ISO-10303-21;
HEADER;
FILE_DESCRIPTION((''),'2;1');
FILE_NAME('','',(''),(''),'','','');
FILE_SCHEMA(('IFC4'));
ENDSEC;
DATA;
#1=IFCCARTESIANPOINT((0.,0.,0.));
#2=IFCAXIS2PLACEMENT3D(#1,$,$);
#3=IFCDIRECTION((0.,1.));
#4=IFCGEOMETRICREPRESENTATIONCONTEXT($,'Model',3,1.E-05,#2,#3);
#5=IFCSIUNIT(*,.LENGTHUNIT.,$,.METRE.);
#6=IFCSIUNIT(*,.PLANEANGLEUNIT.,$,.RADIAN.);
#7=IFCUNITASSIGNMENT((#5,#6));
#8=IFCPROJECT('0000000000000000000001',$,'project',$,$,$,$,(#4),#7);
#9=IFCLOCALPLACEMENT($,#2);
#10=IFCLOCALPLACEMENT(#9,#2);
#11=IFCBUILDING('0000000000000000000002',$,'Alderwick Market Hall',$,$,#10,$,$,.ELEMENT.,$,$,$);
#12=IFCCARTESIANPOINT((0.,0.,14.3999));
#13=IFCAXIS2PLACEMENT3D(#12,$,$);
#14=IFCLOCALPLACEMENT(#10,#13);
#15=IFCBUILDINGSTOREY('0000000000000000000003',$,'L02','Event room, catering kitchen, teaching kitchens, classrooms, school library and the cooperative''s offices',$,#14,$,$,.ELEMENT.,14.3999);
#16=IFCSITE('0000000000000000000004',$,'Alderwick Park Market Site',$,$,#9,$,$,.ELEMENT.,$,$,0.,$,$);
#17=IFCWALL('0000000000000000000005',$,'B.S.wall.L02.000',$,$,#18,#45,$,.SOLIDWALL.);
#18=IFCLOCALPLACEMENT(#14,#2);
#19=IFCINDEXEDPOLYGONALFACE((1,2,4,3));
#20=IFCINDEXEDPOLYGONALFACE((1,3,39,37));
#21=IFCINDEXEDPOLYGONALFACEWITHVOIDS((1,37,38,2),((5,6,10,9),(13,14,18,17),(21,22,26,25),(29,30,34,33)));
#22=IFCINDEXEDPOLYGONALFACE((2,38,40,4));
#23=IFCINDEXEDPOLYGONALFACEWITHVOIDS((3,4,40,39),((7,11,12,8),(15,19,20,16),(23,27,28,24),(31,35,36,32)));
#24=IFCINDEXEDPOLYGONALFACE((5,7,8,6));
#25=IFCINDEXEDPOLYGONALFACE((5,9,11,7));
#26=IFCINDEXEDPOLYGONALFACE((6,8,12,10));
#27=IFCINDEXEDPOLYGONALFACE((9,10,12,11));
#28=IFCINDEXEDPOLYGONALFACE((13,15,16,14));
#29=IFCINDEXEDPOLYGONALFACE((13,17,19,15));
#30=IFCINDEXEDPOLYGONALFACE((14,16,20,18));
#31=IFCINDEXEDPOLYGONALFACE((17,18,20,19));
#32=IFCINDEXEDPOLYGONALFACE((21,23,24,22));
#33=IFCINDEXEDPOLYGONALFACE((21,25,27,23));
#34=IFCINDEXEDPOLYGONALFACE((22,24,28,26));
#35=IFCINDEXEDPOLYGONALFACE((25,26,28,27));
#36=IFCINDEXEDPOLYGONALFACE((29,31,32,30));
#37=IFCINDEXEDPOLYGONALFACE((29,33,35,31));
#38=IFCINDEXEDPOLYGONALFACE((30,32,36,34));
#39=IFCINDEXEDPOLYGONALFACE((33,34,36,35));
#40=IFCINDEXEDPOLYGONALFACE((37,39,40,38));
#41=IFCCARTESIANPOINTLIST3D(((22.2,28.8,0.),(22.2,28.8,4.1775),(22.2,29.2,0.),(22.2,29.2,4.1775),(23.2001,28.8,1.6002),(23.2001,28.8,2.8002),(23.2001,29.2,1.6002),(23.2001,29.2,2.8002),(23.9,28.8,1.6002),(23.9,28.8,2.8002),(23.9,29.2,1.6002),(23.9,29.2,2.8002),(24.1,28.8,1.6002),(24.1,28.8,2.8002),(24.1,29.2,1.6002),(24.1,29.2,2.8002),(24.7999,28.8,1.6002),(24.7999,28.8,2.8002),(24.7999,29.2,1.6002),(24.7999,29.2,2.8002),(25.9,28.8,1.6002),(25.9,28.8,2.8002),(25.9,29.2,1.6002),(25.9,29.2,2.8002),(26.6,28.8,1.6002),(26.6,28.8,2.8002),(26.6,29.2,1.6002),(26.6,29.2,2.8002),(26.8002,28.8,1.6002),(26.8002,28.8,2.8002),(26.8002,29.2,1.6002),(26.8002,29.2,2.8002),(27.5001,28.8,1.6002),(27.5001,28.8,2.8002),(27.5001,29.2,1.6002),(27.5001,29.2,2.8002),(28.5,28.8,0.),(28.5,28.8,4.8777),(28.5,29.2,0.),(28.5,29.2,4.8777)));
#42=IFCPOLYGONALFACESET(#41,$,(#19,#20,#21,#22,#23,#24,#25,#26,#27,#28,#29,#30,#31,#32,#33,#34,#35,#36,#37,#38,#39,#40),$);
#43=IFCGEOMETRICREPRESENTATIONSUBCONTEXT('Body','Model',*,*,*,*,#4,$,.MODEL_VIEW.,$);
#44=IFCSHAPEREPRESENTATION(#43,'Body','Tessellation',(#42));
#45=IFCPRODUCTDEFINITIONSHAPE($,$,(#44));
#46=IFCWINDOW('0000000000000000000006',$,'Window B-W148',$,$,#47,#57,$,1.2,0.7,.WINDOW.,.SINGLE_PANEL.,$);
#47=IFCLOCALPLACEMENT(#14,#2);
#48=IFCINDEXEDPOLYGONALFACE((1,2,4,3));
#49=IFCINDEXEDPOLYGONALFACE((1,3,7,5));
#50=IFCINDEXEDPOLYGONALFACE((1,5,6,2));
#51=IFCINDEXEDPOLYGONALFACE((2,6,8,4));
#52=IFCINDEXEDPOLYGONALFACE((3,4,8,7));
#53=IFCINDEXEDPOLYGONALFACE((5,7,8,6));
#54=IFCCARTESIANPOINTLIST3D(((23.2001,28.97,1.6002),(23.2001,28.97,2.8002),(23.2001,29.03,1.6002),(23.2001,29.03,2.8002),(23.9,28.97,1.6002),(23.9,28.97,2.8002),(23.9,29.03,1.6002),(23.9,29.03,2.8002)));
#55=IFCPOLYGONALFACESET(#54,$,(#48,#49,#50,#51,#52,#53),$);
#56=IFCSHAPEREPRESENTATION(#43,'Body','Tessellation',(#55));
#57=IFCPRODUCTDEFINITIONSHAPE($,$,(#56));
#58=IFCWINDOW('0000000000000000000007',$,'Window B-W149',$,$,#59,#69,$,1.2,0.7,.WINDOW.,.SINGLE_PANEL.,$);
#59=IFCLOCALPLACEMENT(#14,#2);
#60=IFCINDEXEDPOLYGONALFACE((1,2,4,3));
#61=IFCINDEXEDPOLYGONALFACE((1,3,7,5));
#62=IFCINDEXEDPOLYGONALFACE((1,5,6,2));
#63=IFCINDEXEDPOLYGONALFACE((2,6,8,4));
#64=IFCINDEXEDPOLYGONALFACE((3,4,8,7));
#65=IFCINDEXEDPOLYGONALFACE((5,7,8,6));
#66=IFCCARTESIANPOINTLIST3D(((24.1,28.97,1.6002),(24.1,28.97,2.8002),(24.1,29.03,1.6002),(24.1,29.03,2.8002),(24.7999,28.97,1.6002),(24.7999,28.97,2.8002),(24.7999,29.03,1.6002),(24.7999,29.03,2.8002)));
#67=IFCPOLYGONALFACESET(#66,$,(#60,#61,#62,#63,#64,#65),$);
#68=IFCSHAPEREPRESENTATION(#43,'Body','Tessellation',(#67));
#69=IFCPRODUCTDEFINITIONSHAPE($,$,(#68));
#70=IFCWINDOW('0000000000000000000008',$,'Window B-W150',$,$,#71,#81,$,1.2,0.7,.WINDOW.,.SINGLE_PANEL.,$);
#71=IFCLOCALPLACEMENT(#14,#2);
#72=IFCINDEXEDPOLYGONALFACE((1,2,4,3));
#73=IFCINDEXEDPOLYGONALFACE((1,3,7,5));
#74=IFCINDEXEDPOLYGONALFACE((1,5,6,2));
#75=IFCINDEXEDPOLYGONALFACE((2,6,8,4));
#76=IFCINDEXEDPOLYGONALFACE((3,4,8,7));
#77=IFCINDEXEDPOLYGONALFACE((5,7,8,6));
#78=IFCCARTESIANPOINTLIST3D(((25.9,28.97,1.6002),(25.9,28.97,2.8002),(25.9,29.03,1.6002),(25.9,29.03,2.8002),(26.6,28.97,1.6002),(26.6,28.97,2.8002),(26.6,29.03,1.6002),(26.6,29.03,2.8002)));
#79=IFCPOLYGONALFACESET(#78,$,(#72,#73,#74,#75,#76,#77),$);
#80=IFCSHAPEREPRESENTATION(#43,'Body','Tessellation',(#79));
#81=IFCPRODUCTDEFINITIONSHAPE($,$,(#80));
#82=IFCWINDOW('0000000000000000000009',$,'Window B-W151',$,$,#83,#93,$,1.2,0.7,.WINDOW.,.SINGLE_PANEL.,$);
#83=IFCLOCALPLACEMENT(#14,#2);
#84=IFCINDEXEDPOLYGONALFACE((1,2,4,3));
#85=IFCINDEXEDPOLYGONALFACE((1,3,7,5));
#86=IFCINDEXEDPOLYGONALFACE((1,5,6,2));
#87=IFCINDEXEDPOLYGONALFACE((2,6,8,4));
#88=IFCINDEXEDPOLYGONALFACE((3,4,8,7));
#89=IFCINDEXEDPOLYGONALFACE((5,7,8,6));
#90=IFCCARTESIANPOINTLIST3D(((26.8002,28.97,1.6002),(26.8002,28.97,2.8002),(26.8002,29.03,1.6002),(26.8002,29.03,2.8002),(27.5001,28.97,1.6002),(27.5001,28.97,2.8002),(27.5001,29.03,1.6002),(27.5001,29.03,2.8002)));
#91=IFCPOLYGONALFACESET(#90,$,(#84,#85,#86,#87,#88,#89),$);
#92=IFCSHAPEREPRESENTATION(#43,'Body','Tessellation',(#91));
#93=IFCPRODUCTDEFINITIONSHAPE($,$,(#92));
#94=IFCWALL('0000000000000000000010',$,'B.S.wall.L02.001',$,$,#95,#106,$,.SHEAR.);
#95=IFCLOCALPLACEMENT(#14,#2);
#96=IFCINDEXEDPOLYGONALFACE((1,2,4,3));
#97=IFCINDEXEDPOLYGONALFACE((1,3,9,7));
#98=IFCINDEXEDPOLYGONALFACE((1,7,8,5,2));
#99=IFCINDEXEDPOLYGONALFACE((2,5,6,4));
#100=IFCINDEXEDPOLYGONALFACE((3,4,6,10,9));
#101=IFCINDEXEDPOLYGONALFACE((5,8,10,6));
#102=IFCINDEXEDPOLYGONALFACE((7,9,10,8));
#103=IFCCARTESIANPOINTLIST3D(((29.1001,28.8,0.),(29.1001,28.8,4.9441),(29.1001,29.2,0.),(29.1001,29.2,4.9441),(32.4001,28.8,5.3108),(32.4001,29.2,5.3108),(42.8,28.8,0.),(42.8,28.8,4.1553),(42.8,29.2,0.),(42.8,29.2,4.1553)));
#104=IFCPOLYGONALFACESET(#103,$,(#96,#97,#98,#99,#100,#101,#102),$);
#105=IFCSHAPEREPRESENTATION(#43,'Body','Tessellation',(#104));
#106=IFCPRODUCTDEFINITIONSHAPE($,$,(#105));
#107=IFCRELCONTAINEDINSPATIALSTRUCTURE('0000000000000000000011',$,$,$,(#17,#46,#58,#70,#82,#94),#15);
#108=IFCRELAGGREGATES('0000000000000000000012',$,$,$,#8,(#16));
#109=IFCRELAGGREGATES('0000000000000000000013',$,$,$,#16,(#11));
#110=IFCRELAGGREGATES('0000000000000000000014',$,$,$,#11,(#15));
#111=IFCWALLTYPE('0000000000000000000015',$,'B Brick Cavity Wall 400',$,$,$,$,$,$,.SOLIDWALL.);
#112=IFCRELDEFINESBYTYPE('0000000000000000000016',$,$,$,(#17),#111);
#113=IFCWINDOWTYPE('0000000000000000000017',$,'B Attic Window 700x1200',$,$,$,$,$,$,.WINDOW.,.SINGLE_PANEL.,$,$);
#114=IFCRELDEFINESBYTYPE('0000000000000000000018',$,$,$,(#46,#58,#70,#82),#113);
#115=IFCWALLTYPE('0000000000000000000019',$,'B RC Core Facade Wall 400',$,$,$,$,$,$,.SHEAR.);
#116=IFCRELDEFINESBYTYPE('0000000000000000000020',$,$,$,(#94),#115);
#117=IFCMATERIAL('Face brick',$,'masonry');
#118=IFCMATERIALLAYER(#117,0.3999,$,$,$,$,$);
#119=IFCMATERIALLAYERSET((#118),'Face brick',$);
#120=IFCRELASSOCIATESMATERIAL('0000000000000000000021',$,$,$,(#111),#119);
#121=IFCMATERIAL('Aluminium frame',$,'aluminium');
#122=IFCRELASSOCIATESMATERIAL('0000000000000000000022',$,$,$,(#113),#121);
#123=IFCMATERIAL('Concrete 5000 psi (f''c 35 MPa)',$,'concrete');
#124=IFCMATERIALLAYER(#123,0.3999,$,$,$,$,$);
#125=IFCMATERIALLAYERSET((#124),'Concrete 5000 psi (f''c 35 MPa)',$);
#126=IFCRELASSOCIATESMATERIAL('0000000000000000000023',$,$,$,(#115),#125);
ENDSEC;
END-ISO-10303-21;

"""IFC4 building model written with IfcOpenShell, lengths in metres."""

from ifc_helpers import new_model, si_unit, direction, frame, frame_2d, origin, place, context, subcontext, project, spatial, polyline, rectangle, outline, extrude, material, layer, layer_set, type_object, element, fill, save


model = new_model("IFC4")

# Units and contexts
model_context = context("Model", 3, precision=1e-05, world=origin(), true_north=direction((0.0, 1.0)))
body_context = subcontext(model_context, "Body", "Model", "MODEL_VIEW")
ifc_project = project(units=[si_unit("LENGTHUNIT", "METRE"), si_unit("PLANEANGLEUNIT", "RADIAN")], contexts=[model_context])

# Site, building, storey
site_placement = place(None, origin())
site = spatial("IfcSite", under=ifc_project, at=site_placement, Name="Alderwick Park Market Site", CompositionType="ELEMENT", RefElevation=0.0)
building_placement = place(site_placement, origin())
building = spatial("IfcBuilding", under=site, at=building_placement, Name="Alderwick Market Hall", CompositionType="ELEMENT")
storey_placement = place(building_placement, frame((0.0, 0.0, 14.3999)))
storey = spatial("IfcBuildingStorey", under=building, at=storey_placement, Name="L02", Description="Event room, catering kitchen, teaching kitchens, classrooms, school library and the cooperative's offices", CompositionType="ELEMENT", Elevation=14.3999)

# Shared definitions
ifc_material_1 = material(Name="Concrete 5000 psi (f'c 35 MPa)", Category="concrete")

# Wall, openings, windows
ifc_material_2 = material(Name="Face brick", Category="masonry")
ifc_layer_1 = layer(ifc_material_2, 0.3999)
ifc_layer_set_1 = layer_set([ifc_layer_1], Name="Face brick")
wall_type_1 = type_object("IfcWallType", Name="B Brick Cavity Wall 400", PredefinedType="SOLIDWALL", material=ifc_layer_set_1)
wall_1_placement = place(storey_placement, frame((22.2, 29.0, 0.0), z_axis=(0.0, 0.0, 1.0), x_axis=(1.0, 0.0, 0.0)))
wall_1 = element("IfcWall", 1, at=wall_1_placement, inside=storey, type_object=wall_type_1, Name="B.S.wall.L02.000", PredefinedType="SOLIDWALL", context=body_context, shape_type="SweptSolid", body=[
    extrude(outline(polyline([(0.0, 0.0), (6.3, 0.0), (6.3, 4.8777), (0.0, 4.1775), (0.0, 0.0)])), frame((0.0, 0.2, 0.0), z_axis=(0.0, -1.0, 0.0), x_axis=(1.0, 0.0, 0.0)), (0.0, 0.0, 1.0), 0.3999),
])
opening_1_placement = place(wall_1_placement, frame((1.0, 0.0, 1.6001)))
opening_1 = element("IfcOpeningElement", 2, at=opening_1_placement, cuts=wall_1, PredefinedType="OPENING", context=body_context, shape_type="SweptSolid", body=[
    extrude(rectangle(XDim=0.7, YDim=1.2, at=frame_2d((0.3501, 0.6001))), frame((0.0, 0.21, 0.0), z_axis=(0.0, -1.0, 0.0), x_axis=(1.0, 0.0, 0.0)), (0.0, 0.0, 1.0), 0.4199),
])
opening_2_placement = place(wall_1_placement, frame((1.8999, 0.0, 1.6001)))
opening_2 = element("IfcOpeningElement", 3, at=opening_2_placement, cuts=wall_1, PredefinedType="OPENING", context=body_context, shape_type="SweptSolid", body=[
    extrude(rectangle(XDim=0.7, YDim=1.2, at=frame_2d((0.3501, 0.6001))), frame((0.0, 0.21, 0.0), z_axis=(0.0, -1.0, 0.0), x_axis=(1.0, 0.0, 0.0)), (0.0, 0.0, 1.0), 0.4199),
])
opening_3_placement = place(wall_1_placement, frame((3.7, 0.0, 1.6001)))
opening_3 = element("IfcOpeningElement", 4, at=opening_3_placement, cuts=wall_1, PredefinedType="OPENING", context=body_context, shape_type="SweptSolid", body=[
    extrude(rectangle(XDim=0.7, YDim=1.2, at=frame_2d((0.3501, 0.6001))), frame((0.0, 0.21, 0.0), z_axis=(0.0, -1.0, 0.0), x_axis=(1.0, 0.0, 0.0)), (0.0, 0.0, 1.0), 0.4199),
])
opening_4_placement = place(wall_1_placement, frame((4.6001, 0.0, 1.6001)))
opening_4 = element("IfcOpeningElement", 5, at=opening_4_placement, cuts=wall_1, PredefinedType="OPENING", context=body_context, shape_type="SweptSolid", body=[
    extrude(rectangle(XDim=0.7, YDim=1.2, at=frame_2d((0.3501, 0.6001))), frame((0.0, 0.21, 0.0), z_axis=(0.0, -1.0, 0.0), x_axis=(1.0, 0.0, 0.0)), (0.0, 0.0, 1.0), 0.4199),
])
ifc_material_3 = material(Name="Aluminium frame", Category="aluminium")
window_type = type_object("IfcWindowType", Name="B Attic Window 700x1200", PartitioningType="SINGLE_PANEL", PredefinedType="WINDOW", material=ifc_material_3)
window_1_placement = place(opening_1_placement, origin())
window_1 = element("IfcWindow", 6, at=window_1_placement, inside=storey, type_object=window_type, Name="Window B-W148", OverallHeight=1.2, OverallWidth=0.7, PartitioningType="SINGLE_PANEL", PredefinedType="WINDOW", context=body_context, shape_type="SweptSolid", body=[
    extrude(rectangle(XDim=0.7, YDim=1.2, at=frame_2d((0.3501, 0.6001))), frame((0.0, 0.03, 0.0), z_axis=(0.0, -1.0, 0.0), x_axis=(1.0, 0.0, 0.0)), (0.0, 0.0, 1.0), 0.0601),
])
fill(opening_1, window_1)
window_2_placement = place(opening_2_placement, origin())
window_2 = element("IfcWindow", 7, at=window_2_placement, inside=storey, type_object=window_type, Name="Window B-W149", OverallHeight=1.2, OverallWidth=0.7, PartitioningType="SINGLE_PANEL", PredefinedType="WINDOW", context=body_context, shape_type="SweptSolid", body=[
    extrude(rectangle(XDim=0.7, YDim=1.2, at=frame_2d((0.3501, 0.6001))), frame((0.0, 0.03, 0.0), z_axis=(0.0, -1.0, 0.0), x_axis=(1.0, 0.0, 0.0)), (0.0, 0.0, 1.0), 0.0601),
])
fill(opening_2, window_2)
window_3_placement = place(opening_3_placement, origin())
window_3 = element("IfcWindow", 8, at=window_3_placement, inside=storey, type_object=window_type, Name="Window B-W150", OverallHeight=1.2, OverallWidth=0.7, PartitioningType="SINGLE_PANEL", PredefinedType="WINDOW", context=body_context, shape_type="SweptSolid", body=[
    extrude(rectangle(XDim=0.7, YDim=1.2, at=frame_2d((0.3501, 0.6001))), frame((0.0, 0.03, 0.0), z_axis=(0.0, -1.0, 0.0), x_axis=(1.0, 0.0, 0.0)), (0.0, 0.0, 1.0), 0.0601),
])
fill(opening_3, window_3)
window_4_placement = place(opening_4_placement, origin())
window_4 = element("IfcWindow", 9, at=window_4_placement, inside=storey, type_object=window_type, Name="Window B-W151", OverallHeight=1.2, OverallWidth=0.7, PartitioningType="SINGLE_PANEL", PredefinedType="WINDOW", context=body_context, shape_type="SweptSolid", body=[
    extrude(rectangle(XDim=0.7, YDim=1.2, at=frame_2d((0.3501, 0.6001))), frame((0.0, 0.03, 0.0), z_axis=(0.0, -1.0, 0.0), x_axis=(1.0, 0.0, 0.0)), (0.0, 0.0, 1.0), 0.0601),
])
fill(opening_4, window_4)

# Wall
ifc_layer_2 = layer(ifc_material_1, 0.3999)
ifc_layer_set_2 = layer_set([ifc_layer_2], Name="Concrete 5000 psi (f'c 35 MPa)")
wall_type_2 = type_object("IfcWallType", Name="B RC Core Facade Wall 400", PredefinedType="SHEAR", material=ifc_layer_set_2)
wall_2_placement = place(storey_placement, frame((29.1001, 29.0, 0.0), z_axis=(0.0, 0.0, 1.0), x_axis=(1.0, 0.0, 0.0)))
element("IfcWall", 10, at=wall_2_placement, inside=storey, type_object=wall_type_2, Name="B.S.wall.L02.001", PredefinedType="SHEAR", context=body_context, shape_type="SweptSolid", body=[
    extrude(outline(polyline([(0.0, 0.0), (13.7, 0.0), (13.7, 4.1553), (3.3, 5.3108), (0.0, 4.9441), (0.0, 0.0)])), frame((0.0, 0.2, 0.0), z_axis=(0.0, -1.0, 0.0), x_axis=(1.0, 0.0, 0.0)), (0.0, 0.0, 1.0), 0.3999),
])

save(model, "model.ifc")
